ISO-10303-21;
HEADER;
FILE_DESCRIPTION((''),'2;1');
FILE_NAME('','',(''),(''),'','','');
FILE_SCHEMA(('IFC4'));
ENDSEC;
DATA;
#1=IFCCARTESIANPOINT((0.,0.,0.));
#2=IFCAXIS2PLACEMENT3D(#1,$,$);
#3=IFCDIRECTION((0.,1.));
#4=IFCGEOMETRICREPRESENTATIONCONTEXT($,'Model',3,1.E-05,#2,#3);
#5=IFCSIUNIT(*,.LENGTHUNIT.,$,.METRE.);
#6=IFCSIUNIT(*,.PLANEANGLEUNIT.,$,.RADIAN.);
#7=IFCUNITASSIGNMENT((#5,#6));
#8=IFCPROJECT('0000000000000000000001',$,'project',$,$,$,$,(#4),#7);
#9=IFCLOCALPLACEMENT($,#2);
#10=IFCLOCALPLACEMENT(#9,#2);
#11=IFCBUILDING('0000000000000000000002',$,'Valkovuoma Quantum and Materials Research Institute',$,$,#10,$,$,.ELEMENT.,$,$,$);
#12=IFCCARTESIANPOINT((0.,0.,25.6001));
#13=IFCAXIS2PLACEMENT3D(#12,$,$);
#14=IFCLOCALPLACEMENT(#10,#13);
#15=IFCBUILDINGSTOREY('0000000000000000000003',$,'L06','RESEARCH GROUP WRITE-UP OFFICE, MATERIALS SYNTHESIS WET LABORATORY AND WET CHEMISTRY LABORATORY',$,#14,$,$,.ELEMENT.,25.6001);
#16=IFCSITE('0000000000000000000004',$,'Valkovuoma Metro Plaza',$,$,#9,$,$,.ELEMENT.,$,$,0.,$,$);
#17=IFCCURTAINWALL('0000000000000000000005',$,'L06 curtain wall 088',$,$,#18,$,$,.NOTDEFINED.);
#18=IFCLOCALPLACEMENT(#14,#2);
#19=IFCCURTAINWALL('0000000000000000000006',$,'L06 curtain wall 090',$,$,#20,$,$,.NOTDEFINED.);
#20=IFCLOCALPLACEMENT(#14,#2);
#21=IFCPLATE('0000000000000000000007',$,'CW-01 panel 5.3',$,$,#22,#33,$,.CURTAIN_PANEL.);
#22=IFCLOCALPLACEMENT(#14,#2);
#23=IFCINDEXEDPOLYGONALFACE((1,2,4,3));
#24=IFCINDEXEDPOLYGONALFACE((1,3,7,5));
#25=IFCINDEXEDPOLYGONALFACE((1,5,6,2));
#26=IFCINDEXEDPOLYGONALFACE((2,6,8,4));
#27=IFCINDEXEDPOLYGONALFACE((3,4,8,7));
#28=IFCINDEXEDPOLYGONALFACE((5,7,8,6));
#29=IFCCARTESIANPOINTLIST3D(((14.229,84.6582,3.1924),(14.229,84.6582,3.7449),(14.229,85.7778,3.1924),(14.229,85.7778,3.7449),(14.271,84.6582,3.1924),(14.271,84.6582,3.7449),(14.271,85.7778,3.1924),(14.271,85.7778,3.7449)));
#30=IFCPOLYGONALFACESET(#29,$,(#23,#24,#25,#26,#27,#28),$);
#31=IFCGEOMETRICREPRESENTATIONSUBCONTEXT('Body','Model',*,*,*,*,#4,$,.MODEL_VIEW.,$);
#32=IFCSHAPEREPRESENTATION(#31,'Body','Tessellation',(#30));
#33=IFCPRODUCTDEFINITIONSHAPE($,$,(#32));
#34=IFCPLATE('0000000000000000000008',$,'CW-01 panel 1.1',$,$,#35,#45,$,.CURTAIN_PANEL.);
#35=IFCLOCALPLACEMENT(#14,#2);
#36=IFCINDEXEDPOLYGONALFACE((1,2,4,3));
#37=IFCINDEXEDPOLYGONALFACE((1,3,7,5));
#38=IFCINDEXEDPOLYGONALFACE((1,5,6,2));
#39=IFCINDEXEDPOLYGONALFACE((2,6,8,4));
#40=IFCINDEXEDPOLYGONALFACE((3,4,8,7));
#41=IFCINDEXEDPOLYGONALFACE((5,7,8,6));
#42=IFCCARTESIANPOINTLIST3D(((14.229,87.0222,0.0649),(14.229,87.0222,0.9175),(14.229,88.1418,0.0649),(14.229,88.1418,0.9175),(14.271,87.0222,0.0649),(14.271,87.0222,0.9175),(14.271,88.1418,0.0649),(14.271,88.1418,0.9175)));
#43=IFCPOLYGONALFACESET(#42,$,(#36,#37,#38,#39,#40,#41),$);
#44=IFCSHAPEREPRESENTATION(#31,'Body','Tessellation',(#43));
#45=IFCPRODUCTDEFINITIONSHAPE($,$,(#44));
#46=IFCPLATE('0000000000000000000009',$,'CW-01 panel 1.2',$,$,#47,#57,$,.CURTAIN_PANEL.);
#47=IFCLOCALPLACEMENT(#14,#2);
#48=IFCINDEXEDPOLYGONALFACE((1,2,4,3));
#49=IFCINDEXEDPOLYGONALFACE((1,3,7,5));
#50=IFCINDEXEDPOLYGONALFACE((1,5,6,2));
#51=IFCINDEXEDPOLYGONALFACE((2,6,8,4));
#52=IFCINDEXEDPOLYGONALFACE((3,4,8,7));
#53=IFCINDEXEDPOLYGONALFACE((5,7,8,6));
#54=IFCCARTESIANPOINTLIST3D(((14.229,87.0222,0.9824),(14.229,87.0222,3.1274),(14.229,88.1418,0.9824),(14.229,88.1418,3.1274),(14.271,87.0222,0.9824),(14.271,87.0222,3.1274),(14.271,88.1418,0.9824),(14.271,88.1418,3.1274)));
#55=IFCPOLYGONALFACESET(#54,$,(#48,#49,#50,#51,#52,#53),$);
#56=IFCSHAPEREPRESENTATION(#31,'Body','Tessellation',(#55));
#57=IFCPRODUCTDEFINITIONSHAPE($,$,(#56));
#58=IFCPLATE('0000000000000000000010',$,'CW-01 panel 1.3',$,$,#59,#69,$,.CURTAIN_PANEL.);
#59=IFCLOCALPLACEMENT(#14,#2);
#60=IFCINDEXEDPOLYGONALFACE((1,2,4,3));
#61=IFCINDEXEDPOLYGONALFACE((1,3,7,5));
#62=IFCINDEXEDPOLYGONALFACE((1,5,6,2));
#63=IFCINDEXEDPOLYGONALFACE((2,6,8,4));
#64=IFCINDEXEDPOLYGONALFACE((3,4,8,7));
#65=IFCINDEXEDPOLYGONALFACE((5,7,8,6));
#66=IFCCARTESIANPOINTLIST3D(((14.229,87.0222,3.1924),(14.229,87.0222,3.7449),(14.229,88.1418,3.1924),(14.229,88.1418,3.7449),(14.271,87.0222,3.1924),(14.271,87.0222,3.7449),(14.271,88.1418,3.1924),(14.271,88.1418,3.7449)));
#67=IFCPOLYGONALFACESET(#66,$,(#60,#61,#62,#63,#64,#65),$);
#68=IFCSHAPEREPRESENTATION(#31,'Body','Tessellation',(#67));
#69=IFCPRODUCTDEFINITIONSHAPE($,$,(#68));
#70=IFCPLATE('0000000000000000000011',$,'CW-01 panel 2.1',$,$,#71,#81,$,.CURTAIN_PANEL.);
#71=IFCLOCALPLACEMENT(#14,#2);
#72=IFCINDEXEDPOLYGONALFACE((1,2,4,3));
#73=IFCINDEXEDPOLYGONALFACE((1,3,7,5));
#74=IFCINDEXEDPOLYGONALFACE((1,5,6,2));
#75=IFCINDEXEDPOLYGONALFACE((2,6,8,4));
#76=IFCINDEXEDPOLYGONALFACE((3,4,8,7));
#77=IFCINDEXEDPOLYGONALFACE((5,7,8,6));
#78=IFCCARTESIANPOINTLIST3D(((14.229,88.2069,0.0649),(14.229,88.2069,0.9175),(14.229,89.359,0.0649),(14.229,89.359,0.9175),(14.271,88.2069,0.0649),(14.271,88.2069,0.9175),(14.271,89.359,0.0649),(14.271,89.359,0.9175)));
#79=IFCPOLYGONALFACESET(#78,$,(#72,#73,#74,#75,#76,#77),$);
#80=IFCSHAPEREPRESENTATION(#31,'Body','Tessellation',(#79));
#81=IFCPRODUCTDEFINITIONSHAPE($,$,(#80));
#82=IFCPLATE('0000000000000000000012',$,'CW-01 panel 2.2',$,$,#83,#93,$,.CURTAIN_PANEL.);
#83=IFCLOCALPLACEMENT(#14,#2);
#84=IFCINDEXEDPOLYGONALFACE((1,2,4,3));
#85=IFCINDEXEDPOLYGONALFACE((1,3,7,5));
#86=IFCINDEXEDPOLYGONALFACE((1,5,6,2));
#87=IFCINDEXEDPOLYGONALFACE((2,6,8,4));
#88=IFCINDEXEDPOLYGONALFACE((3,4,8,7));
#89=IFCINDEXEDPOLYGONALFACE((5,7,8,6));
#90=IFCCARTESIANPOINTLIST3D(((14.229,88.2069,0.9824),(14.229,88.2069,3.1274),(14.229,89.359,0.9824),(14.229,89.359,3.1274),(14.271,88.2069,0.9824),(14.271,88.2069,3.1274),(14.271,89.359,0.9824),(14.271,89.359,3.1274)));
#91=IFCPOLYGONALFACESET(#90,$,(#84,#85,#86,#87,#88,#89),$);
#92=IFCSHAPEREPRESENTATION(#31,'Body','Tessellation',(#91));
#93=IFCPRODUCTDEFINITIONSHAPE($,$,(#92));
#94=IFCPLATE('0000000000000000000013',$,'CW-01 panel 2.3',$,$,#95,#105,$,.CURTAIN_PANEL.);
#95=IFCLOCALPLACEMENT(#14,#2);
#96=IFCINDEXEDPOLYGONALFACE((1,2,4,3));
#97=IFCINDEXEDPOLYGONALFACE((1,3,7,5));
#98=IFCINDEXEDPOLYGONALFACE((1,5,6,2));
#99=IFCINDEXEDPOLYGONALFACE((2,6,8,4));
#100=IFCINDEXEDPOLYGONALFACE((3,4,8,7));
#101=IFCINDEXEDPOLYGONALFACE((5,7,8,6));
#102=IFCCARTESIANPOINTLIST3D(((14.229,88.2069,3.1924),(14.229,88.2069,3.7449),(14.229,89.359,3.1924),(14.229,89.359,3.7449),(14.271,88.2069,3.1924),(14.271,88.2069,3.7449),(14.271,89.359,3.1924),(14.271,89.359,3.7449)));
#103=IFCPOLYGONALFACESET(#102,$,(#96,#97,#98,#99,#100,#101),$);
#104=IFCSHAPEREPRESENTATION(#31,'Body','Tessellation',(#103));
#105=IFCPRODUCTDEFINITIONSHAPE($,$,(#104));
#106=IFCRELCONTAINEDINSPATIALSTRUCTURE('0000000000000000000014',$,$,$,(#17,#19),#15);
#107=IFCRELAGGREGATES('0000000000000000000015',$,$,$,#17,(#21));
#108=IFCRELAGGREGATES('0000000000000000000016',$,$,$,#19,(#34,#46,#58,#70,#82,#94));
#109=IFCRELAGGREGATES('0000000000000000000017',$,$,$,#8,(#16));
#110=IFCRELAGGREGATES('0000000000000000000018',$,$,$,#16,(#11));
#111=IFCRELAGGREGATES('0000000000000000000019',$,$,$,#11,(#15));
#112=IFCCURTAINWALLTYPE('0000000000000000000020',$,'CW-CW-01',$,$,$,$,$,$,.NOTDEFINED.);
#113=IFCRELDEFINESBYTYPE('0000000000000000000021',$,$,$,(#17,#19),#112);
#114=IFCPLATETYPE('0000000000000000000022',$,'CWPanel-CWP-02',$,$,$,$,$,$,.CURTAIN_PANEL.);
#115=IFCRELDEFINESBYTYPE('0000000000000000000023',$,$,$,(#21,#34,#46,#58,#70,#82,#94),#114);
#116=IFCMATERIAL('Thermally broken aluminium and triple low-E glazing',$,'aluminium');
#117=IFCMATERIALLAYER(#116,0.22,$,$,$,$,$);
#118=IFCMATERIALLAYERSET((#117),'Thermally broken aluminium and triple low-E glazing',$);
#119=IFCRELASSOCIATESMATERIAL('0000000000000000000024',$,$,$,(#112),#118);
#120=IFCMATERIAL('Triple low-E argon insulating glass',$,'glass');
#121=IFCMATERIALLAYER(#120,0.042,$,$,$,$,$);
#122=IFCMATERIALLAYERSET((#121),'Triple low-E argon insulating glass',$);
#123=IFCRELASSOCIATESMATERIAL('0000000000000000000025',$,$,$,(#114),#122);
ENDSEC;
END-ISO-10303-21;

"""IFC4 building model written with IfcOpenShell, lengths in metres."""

from ifc_helpers import new_model, si_unit, direction, frame, origin, origin_2d, place, context, subcontext, project, spatial, rectangle, extrude, material, layer, layer_set, type_object, element, aggregate, save


model = new_model("IFC4")

# Units and contexts
model_context = context("Model", 3, precision=1e-05, world=origin(), true_north=direction((0.0, 1.0)))
body_context = subcontext(model_context, "Body", "Model", "MODEL_VIEW")
ifc_project = project(units=[si_unit("LENGTHUNIT", "METRE"), si_unit("PLANEANGLEUNIT", "RADIAN")], contexts=[model_context])

# Site, building, storey
site_placement = place(None, origin())
site = spatial("IfcSite", under=ifc_project, at=site_placement, Name="Valkovuoma Metro Plaza", CompositionType="ELEMENT", RefElevation=0.0)
building_placement = place(site_placement, origin())
building = spatial("IfcBuilding", under=site, at=building_placement, Name="Valkovuoma Quantum and Materials Research Institute", CompositionType="ELEMENT")
storey_placement = place(building_placement, frame((0.0, 0.0, 25.6001)))
storey = spatial("IfcBuildingStorey", under=building, at=storey_placement, Name="L06", Description="RESEARCH GROUP WRITE-UP OFFICE, MATERIALS SYNTHESIS WET LABORATORY AND WET CHEMISTRY LABORATORY", CompositionType="ELEMENT", Elevation=25.6001)

# Curtain wall
ifc_material_1 = material(Name="Thermally broken aluminium and triple low-E glazing", Category="aluminium")
ifc_layer_1 = layer(ifc_material_1, 0.22)
ifc_layer_set_1 = layer_set([ifc_layer_1], Name="Thermally broken aluminium and triple low-E glazing")
curtain_wall_type = type_object("IfcCurtainWallType", Name="CW-CW-01", PredefinedType="NOTDEFINED", material=ifc_layer_set_1)
curtain_wall_1_placement = place(storey_placement, origin())
curtain_wall_1 = element("IfcCurtainWall", 1, at=curtain_wall_1_placement, inside=storey, type_object=curtain_wall_type, Name="L06 curtain wall 088", PredefinedType="NOTDEFINED")

# Curtain wall
curtain_wall_2_placement = place(storey_placement, origin())
curtain_wall_2 = element("IfcCurtainWall", 2, at=curtain_wall_2_placement, inside=storey, type_object=curtain_wall_type, Name="L06 curtain wall 090", PredefinedType="NOTDEFINED")

# Plates
ifc_material_2 = material(Name="Triple low-E argon insulating glass", Category="glass")
ifc_layer_2 = layer(ifc_material_2, 0.042)
ifc_layer_set_2 = layer_set([ifc_layer_2], Name="Triple low-E argon insulating glass")
plate_type = type_object("IfcPlateType", Name="CWPanel-CWP-02", PredefinedType="CURTAIN_PANEL", material=ifc_layer_set_2)
plate_1_placement = place(storey_placement, frame((14.25, 85.218, 3.1924), z_axis=(0.0, 0.0, 1.0), x_axis=(0.0, 1.0, 0.0)))
plate_1 = element("IfcPlate", 3, at=plate_1_placement, type_object=plate_type, Name="CW-01 panel 5.3", PredefinedType="CURTAIN_PANEL", context=body_context, shape_type="SweptSolid", body=[
    extrude(rectangle(XDim=1.1196, YDim=0.042, at=origin_2d()), origin(), (0.0, 0.0, 1.0), 0.5525),
])
aggregate(curtain_wall_1, [plate_1])
plate_2_placement = place(storey_placement, frame((14.25, 87.582, 0.0649), z_axis=(0.0, 0.0, 1.0), x_axis=(0.0, 1.0, 0.0)))
plate_2 = element("IfcPlate", 4, at=plate_2_placement, type_object=plate_type, Name="CW-01 panel 1.1", PredefinedType="CURTAIN_PANEL", context=body_context, shape_type="SweptSolid", body=[
    extrude(rectangle(XDim=1.1196, YDim=0.042, at=origin_2d()), origin(), (0.0, 0.0, 1.0), 0.8525),
])
plate_3_placement = place(storey_placement, frame((14.25, 87.582, 0.9824), z_axis=(0.0, 0.0, 1.0), x_axis=(0.0, 1.0, 0.0)))
plate_3 = element("IfcPlate", 5, at=plate_3_placement, type_object=plate_type, Name="CW-01 panel 1.2", PredefinedType="CURTAIN_PANEL", context=body_context, shape_type="SweptSolid", body=[
    extrude(rectangle(XDim=1.1196, YDim=0.042, at=origin_2d()), origin(), (0.0, 0.0, 1.0), 2.145),
])
plate_4_placement = place(storey_placement, frame((14.25, 87.582, 3.1924), z_axis=(0.0, 0.0, 1.0), x_axis=(0.0, 1.0, 0.0)))
plate_4 = element("IfcPlate", 6, at=plate_4_placement, type_object=plate_type, Name="CW-01 panel 1.3", PredefinedType="CURTAIN_PANEL", context=body_context, shape_type="SweptSolid", body=[
    extrude(rectangle(XDim=1.1196, YDim=0.042, at=origin_2d()), origin(), (0.0, 0.0, 1.0), 0.5525),
])
plate_5_placement = place(storey_placement, frame((14.25, 88.783, 0.0649), z_axis=(0.0, 0.0, 1.0), x_axis=(0.0, 1.0, 0.0)))
plate_5 = element("IfcPlate", 7, at=plate_5_placement, type_object=plate_type, Name="CW-01 panel 2.1", PredefinedType="CURTAIN_PANEL", context=body_context, shape_type="SweptSolid", body=[
    extrude(rectangle(XDim=1.1521, YDim=0.042, at=origin_2d()), origin(), (0.0, 0.0, 1.0), 0.8525),
])
plate_6_placement = place(storey_placement, frame((14.25, 88.783, 0.9824), z_axis=(0.0, 0.0, 1.0), x_axis=(0.0, 1.0, 0.0)))
plate_6 = element("IfcPlate", 8, at=plate_6_placement, type_object=plate_type, Name="CW-01 panel 2.2", PredefinedType="CURTAIN_PANEL", context=body_context, shape_type="SweptSolid", body=[
    extrude(rectangle(XDim=1.1521, YDim=0.042, at=origin_2d()), origin(), (0.0, 0.0, 1.0), 2.145),
])
plate_7_placement = place(storey_placement, frame((14.25, 88.783, 3.1924), z_axis=(0.0, 0.0, 1.0), x_axis=(0.0, 1.0, 0.0)))
plate_7 = element("IfcPlate", 9, at=plate_7_placement, type_object=plate_type, Name="CW-01 panel 2.3", PredefinedType="CURTAIN_PANEL", context=body_context, shape_type="SweptSolid", body=[
    extrude(rectangle(XDim=1.1521, YDim=0.042, at=origin_2d()), origin(), (0.0, 0.0, 1.0), 0.5525),
])
aggregate(curtain_wall_2, [plate_2, plate_3, plate_4, plate_5, plate_6, plate_7])

save(model, "model.ifc")
